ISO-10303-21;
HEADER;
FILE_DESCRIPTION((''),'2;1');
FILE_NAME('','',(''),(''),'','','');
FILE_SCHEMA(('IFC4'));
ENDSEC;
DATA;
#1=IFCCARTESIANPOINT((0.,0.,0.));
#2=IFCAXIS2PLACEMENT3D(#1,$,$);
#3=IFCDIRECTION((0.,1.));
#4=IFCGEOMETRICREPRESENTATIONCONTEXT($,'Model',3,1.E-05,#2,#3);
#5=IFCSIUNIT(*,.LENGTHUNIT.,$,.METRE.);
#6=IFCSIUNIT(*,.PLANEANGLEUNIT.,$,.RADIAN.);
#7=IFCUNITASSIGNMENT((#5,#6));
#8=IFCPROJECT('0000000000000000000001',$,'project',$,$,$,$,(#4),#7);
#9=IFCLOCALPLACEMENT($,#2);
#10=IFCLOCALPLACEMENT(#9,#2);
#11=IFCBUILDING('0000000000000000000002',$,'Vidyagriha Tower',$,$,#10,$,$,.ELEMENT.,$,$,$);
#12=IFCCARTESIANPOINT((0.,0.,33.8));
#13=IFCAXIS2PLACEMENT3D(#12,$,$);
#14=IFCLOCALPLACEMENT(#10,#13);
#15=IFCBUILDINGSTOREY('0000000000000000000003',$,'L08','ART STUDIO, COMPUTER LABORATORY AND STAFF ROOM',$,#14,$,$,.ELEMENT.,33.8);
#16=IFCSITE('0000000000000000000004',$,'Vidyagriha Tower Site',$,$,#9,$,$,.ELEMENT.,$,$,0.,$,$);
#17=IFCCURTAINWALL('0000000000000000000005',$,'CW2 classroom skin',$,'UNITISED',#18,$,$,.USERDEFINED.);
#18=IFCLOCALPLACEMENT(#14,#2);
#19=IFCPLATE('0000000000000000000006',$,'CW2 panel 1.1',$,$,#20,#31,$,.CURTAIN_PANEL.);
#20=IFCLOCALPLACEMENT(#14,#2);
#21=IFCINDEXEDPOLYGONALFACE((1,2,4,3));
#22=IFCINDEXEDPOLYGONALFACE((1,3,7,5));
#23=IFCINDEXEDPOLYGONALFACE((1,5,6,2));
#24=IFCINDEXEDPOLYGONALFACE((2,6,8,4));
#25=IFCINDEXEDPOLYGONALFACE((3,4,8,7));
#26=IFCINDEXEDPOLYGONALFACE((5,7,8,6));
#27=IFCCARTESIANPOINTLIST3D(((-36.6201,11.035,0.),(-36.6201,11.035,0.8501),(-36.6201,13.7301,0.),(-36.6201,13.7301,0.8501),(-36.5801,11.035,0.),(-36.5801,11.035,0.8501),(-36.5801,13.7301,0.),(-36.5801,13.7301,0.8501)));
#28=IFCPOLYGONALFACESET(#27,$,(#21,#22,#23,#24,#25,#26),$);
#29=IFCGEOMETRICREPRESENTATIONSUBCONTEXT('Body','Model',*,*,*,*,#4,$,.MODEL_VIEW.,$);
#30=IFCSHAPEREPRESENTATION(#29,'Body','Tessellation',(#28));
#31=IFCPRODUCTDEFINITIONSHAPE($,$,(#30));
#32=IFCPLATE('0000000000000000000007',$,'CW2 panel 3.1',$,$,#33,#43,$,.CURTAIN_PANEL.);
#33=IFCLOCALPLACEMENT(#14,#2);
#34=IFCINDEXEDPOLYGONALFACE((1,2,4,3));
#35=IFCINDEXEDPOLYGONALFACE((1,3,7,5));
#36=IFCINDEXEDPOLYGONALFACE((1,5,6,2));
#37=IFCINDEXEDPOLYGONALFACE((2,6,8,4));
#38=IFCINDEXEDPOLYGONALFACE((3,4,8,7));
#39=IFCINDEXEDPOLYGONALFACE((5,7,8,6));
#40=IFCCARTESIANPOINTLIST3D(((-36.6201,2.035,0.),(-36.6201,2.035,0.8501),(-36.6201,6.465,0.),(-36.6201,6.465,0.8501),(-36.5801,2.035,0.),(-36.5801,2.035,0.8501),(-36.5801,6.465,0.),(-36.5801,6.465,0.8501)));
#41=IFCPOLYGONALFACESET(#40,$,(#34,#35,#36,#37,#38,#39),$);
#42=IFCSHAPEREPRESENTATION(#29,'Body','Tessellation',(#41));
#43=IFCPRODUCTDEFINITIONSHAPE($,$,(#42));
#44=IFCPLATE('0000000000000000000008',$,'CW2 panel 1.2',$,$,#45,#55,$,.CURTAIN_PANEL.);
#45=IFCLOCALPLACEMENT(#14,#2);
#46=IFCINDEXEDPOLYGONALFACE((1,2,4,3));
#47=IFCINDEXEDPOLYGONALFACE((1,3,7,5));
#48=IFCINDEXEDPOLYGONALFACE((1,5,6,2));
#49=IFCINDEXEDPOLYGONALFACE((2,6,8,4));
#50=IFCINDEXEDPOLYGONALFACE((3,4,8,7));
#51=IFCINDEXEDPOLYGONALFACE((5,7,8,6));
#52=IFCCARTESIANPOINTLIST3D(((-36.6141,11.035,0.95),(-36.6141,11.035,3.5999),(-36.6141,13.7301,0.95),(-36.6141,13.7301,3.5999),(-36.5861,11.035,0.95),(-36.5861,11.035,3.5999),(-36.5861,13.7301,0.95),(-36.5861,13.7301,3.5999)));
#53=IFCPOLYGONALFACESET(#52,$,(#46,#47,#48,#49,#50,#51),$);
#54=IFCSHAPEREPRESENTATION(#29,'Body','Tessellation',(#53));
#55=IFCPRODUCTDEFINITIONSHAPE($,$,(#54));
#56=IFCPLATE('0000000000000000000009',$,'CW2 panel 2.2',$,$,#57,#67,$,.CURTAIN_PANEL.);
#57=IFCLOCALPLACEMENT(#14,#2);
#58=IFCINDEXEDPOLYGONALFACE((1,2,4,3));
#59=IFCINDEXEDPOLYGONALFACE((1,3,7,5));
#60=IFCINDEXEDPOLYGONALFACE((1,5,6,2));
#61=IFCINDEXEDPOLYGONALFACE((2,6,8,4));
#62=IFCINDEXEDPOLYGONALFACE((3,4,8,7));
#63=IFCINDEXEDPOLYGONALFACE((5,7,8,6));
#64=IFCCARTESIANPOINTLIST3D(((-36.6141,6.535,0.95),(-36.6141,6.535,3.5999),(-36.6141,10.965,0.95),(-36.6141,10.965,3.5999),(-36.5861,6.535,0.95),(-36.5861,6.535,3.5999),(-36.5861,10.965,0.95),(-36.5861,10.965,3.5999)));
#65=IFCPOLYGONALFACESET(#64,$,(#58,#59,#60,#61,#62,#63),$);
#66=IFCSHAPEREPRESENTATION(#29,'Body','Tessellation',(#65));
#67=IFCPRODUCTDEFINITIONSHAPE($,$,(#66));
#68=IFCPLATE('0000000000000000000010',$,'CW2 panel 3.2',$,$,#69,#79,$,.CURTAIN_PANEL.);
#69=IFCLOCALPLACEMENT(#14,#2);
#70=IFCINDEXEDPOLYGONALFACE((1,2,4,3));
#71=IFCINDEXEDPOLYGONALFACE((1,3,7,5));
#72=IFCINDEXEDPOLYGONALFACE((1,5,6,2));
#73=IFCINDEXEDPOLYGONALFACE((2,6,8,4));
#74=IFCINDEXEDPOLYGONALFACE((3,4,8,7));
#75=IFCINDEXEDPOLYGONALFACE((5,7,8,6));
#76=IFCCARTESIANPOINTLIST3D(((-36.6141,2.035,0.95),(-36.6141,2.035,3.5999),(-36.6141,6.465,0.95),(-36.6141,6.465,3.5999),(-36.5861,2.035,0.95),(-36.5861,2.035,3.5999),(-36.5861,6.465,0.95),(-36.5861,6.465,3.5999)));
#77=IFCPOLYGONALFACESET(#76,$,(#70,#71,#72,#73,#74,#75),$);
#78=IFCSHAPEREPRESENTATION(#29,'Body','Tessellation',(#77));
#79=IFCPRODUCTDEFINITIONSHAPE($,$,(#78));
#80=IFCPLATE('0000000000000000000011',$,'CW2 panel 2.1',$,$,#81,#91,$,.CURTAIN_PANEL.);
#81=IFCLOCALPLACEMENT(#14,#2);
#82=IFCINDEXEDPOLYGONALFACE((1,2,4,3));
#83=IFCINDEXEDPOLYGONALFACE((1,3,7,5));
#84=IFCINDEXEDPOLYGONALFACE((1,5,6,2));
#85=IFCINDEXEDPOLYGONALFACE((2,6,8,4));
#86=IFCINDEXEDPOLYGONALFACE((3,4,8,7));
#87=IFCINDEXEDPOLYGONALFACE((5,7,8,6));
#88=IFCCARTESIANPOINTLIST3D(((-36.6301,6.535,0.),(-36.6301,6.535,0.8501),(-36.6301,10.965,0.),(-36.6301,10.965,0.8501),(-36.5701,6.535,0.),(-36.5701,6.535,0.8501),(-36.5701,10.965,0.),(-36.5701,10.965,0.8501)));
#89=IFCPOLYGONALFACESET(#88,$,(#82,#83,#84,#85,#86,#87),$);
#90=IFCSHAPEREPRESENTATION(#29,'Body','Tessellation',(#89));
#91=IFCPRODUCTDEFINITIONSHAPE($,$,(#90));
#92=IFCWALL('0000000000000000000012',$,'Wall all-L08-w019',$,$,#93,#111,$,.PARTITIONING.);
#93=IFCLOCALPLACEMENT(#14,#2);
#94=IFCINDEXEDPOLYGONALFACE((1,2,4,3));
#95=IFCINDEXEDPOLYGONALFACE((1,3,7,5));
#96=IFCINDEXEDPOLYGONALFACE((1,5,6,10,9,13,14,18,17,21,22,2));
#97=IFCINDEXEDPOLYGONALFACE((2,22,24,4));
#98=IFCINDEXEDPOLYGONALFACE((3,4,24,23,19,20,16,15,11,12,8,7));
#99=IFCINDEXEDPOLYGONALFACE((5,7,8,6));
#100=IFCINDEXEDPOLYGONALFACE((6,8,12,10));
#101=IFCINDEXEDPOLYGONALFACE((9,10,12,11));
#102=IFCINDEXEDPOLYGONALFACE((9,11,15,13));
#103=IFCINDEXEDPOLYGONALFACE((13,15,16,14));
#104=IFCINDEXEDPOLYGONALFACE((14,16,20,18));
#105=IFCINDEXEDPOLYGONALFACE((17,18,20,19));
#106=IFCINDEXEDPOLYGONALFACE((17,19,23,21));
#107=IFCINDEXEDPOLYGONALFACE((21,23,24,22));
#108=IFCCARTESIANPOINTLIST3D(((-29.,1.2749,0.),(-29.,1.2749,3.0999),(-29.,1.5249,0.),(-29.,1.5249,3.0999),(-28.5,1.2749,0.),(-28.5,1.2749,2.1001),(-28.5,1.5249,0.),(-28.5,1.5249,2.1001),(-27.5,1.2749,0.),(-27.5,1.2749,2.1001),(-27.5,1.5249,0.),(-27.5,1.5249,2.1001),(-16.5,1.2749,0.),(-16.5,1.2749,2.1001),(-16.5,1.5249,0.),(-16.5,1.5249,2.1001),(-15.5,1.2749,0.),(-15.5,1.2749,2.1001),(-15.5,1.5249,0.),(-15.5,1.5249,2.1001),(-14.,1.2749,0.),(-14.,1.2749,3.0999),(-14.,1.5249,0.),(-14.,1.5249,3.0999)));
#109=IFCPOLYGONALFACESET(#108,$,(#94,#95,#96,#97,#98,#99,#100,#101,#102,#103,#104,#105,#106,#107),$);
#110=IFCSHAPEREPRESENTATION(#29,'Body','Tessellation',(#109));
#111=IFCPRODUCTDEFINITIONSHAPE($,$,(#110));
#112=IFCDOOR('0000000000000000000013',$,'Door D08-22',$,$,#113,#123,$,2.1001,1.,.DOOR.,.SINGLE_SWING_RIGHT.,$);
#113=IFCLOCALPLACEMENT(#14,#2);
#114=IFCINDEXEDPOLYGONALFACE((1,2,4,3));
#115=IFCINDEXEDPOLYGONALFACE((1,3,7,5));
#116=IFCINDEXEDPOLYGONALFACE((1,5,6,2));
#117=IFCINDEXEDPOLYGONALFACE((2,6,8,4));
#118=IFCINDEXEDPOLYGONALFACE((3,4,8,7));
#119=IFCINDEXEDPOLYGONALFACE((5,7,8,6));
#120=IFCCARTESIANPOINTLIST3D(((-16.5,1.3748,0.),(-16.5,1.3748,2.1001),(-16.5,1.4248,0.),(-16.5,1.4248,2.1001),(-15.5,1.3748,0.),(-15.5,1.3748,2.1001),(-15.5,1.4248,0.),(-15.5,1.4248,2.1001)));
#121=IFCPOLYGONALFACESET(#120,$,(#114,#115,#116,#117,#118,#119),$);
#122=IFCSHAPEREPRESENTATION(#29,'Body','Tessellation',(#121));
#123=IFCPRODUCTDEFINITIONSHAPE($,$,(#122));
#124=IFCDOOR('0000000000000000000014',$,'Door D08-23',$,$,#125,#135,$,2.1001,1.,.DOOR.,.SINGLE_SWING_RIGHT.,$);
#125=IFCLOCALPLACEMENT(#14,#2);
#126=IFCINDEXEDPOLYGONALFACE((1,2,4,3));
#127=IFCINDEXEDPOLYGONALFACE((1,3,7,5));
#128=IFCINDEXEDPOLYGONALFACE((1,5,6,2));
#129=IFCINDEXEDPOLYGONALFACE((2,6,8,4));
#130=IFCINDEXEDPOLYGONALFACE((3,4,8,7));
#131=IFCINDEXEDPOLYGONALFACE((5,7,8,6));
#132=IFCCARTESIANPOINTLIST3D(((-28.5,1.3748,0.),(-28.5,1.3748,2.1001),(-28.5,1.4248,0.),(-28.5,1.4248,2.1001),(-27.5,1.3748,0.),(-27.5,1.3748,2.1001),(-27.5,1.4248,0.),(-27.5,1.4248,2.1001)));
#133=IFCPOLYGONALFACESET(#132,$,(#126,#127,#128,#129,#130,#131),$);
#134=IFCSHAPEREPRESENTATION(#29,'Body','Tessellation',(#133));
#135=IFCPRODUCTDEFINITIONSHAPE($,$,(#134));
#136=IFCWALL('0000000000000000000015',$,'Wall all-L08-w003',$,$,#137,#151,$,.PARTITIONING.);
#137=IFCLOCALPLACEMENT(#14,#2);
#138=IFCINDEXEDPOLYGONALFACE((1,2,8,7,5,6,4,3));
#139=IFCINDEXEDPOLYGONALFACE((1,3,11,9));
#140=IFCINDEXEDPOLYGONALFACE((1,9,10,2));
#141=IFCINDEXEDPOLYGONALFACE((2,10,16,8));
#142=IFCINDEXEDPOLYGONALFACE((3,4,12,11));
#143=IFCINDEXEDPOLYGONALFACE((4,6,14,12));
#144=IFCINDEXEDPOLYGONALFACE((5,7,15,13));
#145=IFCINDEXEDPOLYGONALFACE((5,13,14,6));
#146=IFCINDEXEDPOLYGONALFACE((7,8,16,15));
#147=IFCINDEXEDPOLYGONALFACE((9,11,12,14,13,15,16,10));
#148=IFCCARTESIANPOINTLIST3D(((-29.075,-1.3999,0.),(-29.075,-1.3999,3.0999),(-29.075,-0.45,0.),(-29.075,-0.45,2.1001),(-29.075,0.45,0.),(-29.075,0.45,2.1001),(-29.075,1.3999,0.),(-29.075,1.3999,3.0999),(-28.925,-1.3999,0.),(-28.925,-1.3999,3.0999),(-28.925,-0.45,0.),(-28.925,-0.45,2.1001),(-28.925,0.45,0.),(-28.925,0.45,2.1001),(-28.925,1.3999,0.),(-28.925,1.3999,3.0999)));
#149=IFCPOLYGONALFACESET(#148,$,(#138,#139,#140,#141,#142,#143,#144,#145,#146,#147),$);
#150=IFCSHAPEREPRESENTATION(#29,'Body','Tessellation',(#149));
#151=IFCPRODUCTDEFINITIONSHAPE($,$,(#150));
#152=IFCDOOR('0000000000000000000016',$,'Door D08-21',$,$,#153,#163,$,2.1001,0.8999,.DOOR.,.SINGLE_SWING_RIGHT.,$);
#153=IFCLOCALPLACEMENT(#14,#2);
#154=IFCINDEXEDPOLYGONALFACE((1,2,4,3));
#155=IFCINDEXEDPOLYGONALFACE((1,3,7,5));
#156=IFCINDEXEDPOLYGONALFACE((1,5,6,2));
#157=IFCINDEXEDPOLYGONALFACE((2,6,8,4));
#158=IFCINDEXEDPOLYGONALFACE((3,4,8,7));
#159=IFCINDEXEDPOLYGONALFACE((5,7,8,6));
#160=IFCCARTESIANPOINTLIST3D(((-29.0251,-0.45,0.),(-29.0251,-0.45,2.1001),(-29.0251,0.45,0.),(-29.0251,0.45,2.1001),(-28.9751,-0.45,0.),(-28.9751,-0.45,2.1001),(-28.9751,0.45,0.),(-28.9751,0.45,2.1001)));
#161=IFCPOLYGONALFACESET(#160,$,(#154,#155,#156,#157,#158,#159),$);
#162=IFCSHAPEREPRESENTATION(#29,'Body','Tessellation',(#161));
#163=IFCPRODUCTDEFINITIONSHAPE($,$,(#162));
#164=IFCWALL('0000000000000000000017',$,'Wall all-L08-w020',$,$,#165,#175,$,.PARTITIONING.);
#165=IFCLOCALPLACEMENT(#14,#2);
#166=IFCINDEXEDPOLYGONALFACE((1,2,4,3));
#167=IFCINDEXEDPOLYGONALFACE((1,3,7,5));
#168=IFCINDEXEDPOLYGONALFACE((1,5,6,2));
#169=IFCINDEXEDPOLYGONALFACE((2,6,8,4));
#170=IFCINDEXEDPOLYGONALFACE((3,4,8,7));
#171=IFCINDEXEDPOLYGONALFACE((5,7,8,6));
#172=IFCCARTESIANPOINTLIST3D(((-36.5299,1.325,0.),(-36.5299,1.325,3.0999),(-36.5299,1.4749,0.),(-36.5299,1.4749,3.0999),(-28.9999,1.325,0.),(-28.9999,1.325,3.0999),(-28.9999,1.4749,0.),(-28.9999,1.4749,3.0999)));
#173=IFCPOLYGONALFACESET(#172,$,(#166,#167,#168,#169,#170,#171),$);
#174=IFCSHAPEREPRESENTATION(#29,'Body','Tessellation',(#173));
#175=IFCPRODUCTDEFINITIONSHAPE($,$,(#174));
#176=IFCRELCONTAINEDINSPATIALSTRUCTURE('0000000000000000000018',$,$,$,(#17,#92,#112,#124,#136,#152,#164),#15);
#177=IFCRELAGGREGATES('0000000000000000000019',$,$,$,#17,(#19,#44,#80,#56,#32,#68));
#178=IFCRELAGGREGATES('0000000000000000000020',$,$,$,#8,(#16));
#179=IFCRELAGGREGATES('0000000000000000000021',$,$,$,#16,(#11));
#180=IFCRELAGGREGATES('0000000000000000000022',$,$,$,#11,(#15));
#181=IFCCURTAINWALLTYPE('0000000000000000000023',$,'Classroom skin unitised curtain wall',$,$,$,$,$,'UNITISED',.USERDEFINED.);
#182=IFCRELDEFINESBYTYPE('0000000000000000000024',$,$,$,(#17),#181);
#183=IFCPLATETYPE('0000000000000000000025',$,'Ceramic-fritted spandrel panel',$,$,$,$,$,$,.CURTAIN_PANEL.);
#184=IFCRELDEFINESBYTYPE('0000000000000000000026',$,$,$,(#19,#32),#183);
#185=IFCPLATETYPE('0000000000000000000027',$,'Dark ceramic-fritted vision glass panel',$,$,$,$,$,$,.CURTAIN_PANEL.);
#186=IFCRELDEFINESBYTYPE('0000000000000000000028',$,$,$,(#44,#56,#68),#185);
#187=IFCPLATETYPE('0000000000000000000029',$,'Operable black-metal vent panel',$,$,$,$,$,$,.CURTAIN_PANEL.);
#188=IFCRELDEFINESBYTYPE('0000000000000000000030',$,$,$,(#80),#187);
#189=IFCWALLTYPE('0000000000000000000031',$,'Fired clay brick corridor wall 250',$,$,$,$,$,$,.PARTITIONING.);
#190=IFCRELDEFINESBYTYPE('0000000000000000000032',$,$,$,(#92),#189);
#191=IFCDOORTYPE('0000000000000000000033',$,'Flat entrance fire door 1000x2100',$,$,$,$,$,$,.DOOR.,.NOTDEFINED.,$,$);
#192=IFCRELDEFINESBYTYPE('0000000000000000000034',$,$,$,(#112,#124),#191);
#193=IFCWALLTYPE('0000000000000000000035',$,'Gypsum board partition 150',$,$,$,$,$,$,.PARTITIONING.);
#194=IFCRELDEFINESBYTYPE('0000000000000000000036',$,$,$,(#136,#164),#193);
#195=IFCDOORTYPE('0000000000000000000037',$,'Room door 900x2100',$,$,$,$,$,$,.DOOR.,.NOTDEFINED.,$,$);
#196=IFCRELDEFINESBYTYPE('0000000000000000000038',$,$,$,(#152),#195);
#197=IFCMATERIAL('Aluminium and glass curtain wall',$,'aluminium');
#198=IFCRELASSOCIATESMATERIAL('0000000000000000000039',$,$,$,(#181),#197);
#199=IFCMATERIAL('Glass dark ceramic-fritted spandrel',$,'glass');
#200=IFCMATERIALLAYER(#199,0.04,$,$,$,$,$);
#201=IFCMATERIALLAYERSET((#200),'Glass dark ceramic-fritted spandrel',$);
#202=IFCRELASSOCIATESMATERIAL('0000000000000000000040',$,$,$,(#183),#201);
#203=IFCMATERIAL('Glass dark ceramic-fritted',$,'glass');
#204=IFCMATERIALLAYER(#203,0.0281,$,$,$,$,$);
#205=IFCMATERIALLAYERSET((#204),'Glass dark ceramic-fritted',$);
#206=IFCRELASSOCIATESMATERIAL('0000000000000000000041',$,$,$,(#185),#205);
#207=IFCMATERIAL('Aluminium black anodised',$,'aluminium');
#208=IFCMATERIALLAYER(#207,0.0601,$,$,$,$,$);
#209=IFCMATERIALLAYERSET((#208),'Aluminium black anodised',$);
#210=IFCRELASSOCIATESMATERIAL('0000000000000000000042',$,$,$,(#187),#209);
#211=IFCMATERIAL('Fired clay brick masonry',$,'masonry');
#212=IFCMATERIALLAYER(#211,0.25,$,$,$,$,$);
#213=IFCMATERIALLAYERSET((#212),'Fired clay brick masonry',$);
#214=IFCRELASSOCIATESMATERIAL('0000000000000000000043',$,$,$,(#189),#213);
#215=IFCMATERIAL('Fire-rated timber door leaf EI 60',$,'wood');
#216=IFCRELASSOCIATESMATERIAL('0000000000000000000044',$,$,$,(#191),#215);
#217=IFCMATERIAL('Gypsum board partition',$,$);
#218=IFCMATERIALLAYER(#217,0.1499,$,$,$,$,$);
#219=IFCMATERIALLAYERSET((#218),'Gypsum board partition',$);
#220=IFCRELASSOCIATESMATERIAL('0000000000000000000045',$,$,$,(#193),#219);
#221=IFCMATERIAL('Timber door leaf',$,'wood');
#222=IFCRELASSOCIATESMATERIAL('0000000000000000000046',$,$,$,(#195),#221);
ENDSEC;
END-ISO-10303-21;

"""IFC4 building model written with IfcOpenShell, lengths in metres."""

from ifc_helpers import new_model, si_unit, direction, frame, frame_2d, origin, origin_2d, place, context, subcontext, project, spatial, rectangle, extrude, material, layer, layer_set, type_object, element, fill, aggregate, save


model = new_model("IFC4")

# Units and contexts
model_context = context("Model", 3, precision=1e-05, world=origin(), true_north=direction((0.0, 1.0)))
body_context = subcontext(model_context, "Body", "Model", "MODEL_VIEW")
ifc_project = project(units=[si_unit("LENGTHUNIT", "METRE"), si_unit("PLANEANGLEUNIT", "RADIAN")], contexts=[model_context])

# Site, building, storey
site_placement = place(None, origin())
site = spatial("IfcSite", under=ifc_project, at=site_placement, Name="Vidyagriha Tower Site", CompositionType="ELEMENT", RefElevation=0.0)
building_placement = place(site_placement, origin())
building = spatial("IfcBuilding", under=site, at=building_placement, Name="Vidyagriha Tower", CompositionType="ELEMENT")
storey_placement = place(building_placement, frame((0.0, 0.0, 33.8)))
storey = spatial("IfcBuildingStorey", under=building, at=storey_placement, Name="L08", Description="ART STUDIO, COMPUTER LABORATORY AND STAFF ROOM", CompositionType="ELEMENT", Elevation=33.8)

# Curtain wall, plates
ifc_material_1 = material(Name="Aluminium and glass curtain wall", Category="aluminium")
curtain_wall_type = type_object("IfcCurtainWallType", Name="Classroom skin unitised curtain wall", ElementType="UNITISED", PredefinedType="USERDEFINED", material=ifc_material_1)
curtain_wall_placement = place(storey_placement, origin())
curtain_wall = element("IfcCurtainWall", 1, at=curtain_wall_placement, inside=storey, type_object=curtain_wall_type, Name="CW2 classroom skin", ObjectType="UNITISED", PredefinedType="USERDEFINED")
ifc_material_2 = material(Name="Glass dark ceramic-fritted spandrel", Category="glass")
ifc_layer_1 = layer(ifc_material_2, 0.04)
ifc_layer_set_1 = layer_set([ifc_layer_1], Name="Glass dark ceramic-fritted spandrel")
plate_type_1 = type_object("IfcPlateType", Name="Ceramic-fritted spandrel panel", PredefinedType="CURTAIN_PANEL", material=ifc_layer_set_1)
plate_1_placement = place(storey_placement, frame((-36.6001, 12.3826, 0.0), z_axis=(0.0, 0.0, 1.0), x_axis=(0.0, -1.0, 0.0)))
plate_1 = element("IfcPlate", 2, at=plate_1_placement, type_object=plate_type_1, Name="CW2 panel 1.1", PredefinedType="CURTAIN_PANEL", context=body_context, shape_type="SweptSolid", body=[
    extrude(rectangle(XDim=2.6951, YDim=0.04, at=origin_2d()), origin(), (0.0, 0.0, 1.0), 0.8501),
])
plate_2_placement = place(storey_placement, frame((-36.6001, 4.25, 0.0), z_axis=(0.0, 0.0, 1.0), x_axis=(0.0, -1.0, 0.0)))
plate_2 = element("IfcPlate", 3, at=plate_2_placement, type_object=plate_type_1, Name="CW2 panel 3.1", PredefinedType="CURTAIN_PANEL", context=body_context, shape_type="SweptSolid", body=[
    extrude(rectangle(XDim=4.4299, YDim=0.04, at=origin_2d()), origin(), (0.0, 0.0, 1.0), 0.8501),
])
ifc_material_3 = material(Name="Glass dark ceramic-fritted", Category="glass")
ifc_layer_2 = layer(ifc_material_3, 0.0281)
ifc_layer_set_2 = layer_set([ifc_layer_2], Name="Glass dark ceramic-fritted")
plate_type_2 = type_object("IfcPlateType", Name="Dark ceramic-fritted vision glass panel", PredefinedType="CURTAIN_PANEL", material=ifc_layer_set_2)
plate_3_placement = place(storey_placement, frame((-36.6001, 12.3826, 0.95), z_axis=(0.0, 0.0, 1.0), x_axis=(0.0, -1.0, 0.0)))
plate_3 = element("IfcPlate", 4, at=plate_3_placement, type_object=plate_type_2, Name="CW2 panel 1.2", PredefinedType="CURTAIN_PANEL", context=body_context, shape_type="SweptSolid", body=[
    extrude(rectangle(XDim=2.6951, YDim=0.0281, at=origin_2d()), origin(), (0.0, 0.0, 1.0), 2.6499),
])
plate_4_placement = place(storey_placement, frame((-36.6001, 8.75, 0.95), z_axis=(0.0, 0.0, 1.0), x_axis=(0.0, -1.0, 0.0)))
plate_4 = element("IfcPlate", 5, at=plate_4_placement, type_object=plate_type_2, Name="CW2 panel 2.2", PredefinedType="CURTAIN_PANEL", context=body_context, shape_type="SweptSolid", body=[
    extrude(rectangle(XDim=4.4299, YDim=0.0281, at=origin_2d()), origin(), (0.0, 0.0, 1.0), 2.6499),
])
plate_5_placement = place(storey_placement, frame((-36.6001, 4.25, 0.95), z_axis=(0.0, 0.0, 1.0), x_axis=(0.0, -1.0, 0.0)))
plate_5 = element("IfcPlate", 6, at=plate_5_placement, type_object=plate_type_2, Name="CW2 panel 3.2", PredefinedType="CURTAIN_PANEL", context=body_context, shape_type="SweptSolid", body=[
    extrude(rectangle(XDim=4.4299, YDim=0.0281, at=origin_2d()), origin(), (0.0, 0.0, 1.0), 2.6499),
])
ifc_material_4 = material(Name="Aluminium black anodised", Category="aluminium")
ifc_layer_3 = layer(ifc_material_4, 0.0601)
ifc_layer_set_3 = layer_set([ifc_layer_3], Name="Aluminium black anodised")
plate_type_3 = type_object("IfcPlateType", Name="Operable black-metal vent panel", PredefinedType="CURTAIN_PANEL", material=ifc_layer_set_3)
plate_6_placement = place(storey_placement, frame((-36.6001, 8.75, 0.0), z_axis=(0.0, 0.0, 1.0), x_axis=(0.0, -1.0, 0.0)))
plate_6 = element("IfcPlate", 7, at=plate_6_placement, type_object=plate_type_3, Name="CW2 panel 2.1", PredefinedType="CURTAIN_PANEL", context=body_context, shape_type="SweptSolid", body=[
    extrude(rectangle(XDim=4.4299, YDim=0.0601, at=origin_2d()), origin(), (0.0, 0.0, 1.0), 0.8501),
])
aggregate(curtain_wall, [plate_1, plate_3, plate_6, plate_4, plate_2, plate_5])

# Wall, openings, doors
ifc_material_5 = material(Name="Fired clay brick masonry", Category="masonry")
ifc_layer_4 = layer(ifc_material_5, 0.25)
ifc_layer_set_4 = layer_set([ifc_layer_4], Name="Fired clay brick masonry")
wall_type_1 = type_object("IfcWallType", Name="Fired clay brick corridor wall 250", PredefinedType="PARTITIONING", material=ifc_layer_set_4)
wall_1_placement = place(storey_placement, frame((-29.0, 1.3999, 0.0)))
wall_1 = element("IfcWall", 8, at=wall_1_placement, inside=storey, type_object=wall_type_1, Name="Wall all-L08-w019", PredefinedType="PARTITIONING", context=body_context, shape_type="SweptSolid", body=[
    extrude(rectangle(XDim=15.0, YDim=0.25, at=frame_2d((7.5, 0.0))), origin(), (0.0, 0.0, 1.0), 3.0999),
])
opening_1_placement = place(wall_1_placement, frame((12.5, 0.0, 0.0)))
opening_1 = element("IfcOpeningElement", 9, at=opening_1_placement, cuts=wall_1, PredefinedType="OPENING", context=body_context, shape_type="SweptSolid", body=[
    extrude(rectangle(XDim=1.0, YDim=2.1001, at=frame_2d((0.5, 1.05))), frame((0.0, 0.135, 0.0), z_axis=(0.0, -1.0, 0.0), x_axis=(1.0, 0.0, 0.0)), (0.0, 0.0, 1.0), 0.27),
])
opening_2_placement = place(wall_1_placement, frame((0.5, 0.0, 0.0)))
opening_2 = element("IfcOpeningElement", 10, at=opening_2_placement, cuts=wall_1, PredefinedType="OPENING", context=body_context, shape_type="SweptSolid", body=[
    extrude(rectangle(XDim=1.0, YDim=2.1001, at=frame_2d((0.5, 1.05))), frame((0.0, 0.135, 0.0), z_axis=(0.0, -1.0, 0.0), x_axis=(1.0, 0.0, 0.0)), (0.0, 0.0, 1.0), 0.27),
])
ifc_material_6 = material(Name="Fire-rated timber door leaf EI 60", Category="wood")
door_type_1 = type_object("IfcDoorType", Name="Flat entrance fire door 1000x2100", OperationType="NOTDEFINED", PredefinedType="DOOR", material=ifc_material_6)
door_1_placement = place(opening_1_placement, origin())
door_1 = element("IfcDoor", 11, at=door_1_placement, inside=storey, type_object=door_type_1, Name="Door D08-22", OperationType="SINGLE_SWING_RIGHT", OverallHeight=2.1001, OverallWidth=1.0, PredefinedType="DOOR", context=body_context, shape_type="SweptSolid", body=[
    extrude(rectangle(XDim=1.0, YDim=2.1001, at=frame_2d((0.5, 1.05))), frame((0.0, 0.0249, 0.0), z_axis=(0.0, -1.0, 0.0), x_axis=(1.0, 0.0, 0.0)), (0.0, 0.0, 1.0), 0.05),
])
fill(opening_1, door_1)
door_2_placement = place(opening_2_placement, origin())
door_2 = element("IfcDoor", 12, at=door_2_placement, inside=storey, type_object=door_type_1, Name="Door D08-23", OperationType="SINGLE_SWING_RIGHT", OverallHeight=2.1001, OverallWidth=1.0, PredefinedType="DOOR", context=body_context, shape_type="SweptSolid", body=[
    extrude(rectangle(XDim=1.0, YDim=2.1001, at=frame_2d((0.5, 1.05))), frame((0.0, 0.0249, 0.0), z_axis=(0.0, -1.0, 0.0), x_axis=(1.0, 0.0, 0.0)), (0.0, 0.0, 1.0), 0.05),
])
fill(opening_2, door_2)

# Wall, opening, door
ifc_material_7 = material(Name="Gypsum board partition")
ifc_layer_5 = layer(ifc_material_7, 0.1499)
ifc_layer_set_5 = layer_set([ifc_layer_5], Name="Gypsum board partition")
wall_type_2 = type_object("IfcWallType", Name="Gypsum board partition 150", PredefinedType="PARTITIONING", material=ifc_layer_set_5)
wall_2_placement = place(storey_placement, frame((-29.0, 1.3999, 0.0), z_axis=(0.0, 0.0, 1.0), x_axis=(0.0, -1.0, 0.0)))
wall_2 = element("IfcWall", 13, at=wall_2_placement, inside=storey, type_object=wall_type_2, Name="Wall all-L08-w003", PredefinedType="PARTITIONING", context=body_context, shape_type="SweptSolid", body=[
    extrude(rectangle(XDim=2.7998, YDim=0.1499, at=frame_2d((1.3999, 0.0))), origin(), (0.0, 0.0, 1.0), 3.0999),
])
opening_3_placement = place(wall_2_placement, frame((0.95, 0.0, 0.0)))
opening_3 = element("IfcOpeningElement", 14, at=opening_3_placement, cuts=wall_2, PredefinedType="OPENING", context=body_context, shape_type="SweptSolid", body=[
    extrude(rectangle(XDim=0.8999, YDim=2.1001, at=frame_2d((0.45, 1.05))), frame((0.0, 0.085, 0.0), z_axis=(0.0, -1.0, 0.0), x_axis=(1.0, 0.0, 0.0)), (0.0, 0.0, 1.0), 0.1699),
])
ifc_material_8 = material(Name="Timber door leaf", Category="wood")
door_type_2 = type_object("IfcDoorType", Name="Room door 900x2100", OperationType="NOTDEFINED", PredefinedType="DOOR", material=ifc_material_8)
door_3_placement = place(opening_3_placement, origin())
door_3 = element("IfcDoor", 15, at=door_3_placement, inside=storey, type_object=door_type_2, Name="Door D08-21", OperationType="SINGLE_SWING_RIGHT", OverallHeight=2.1001, OverallWidth=0.8999, PredefinedType="DOOR", context=body_context, shape_type="SweptSolid", body=[
    extrude(rectangle(XDim=0.8999, YDim=2.1001, at=frame_2d((0.45, 1.05))), frame((0.0, 0.0249, 0.0), z_axis=(0.0, -1.0, 0.0), x_axis=(1.0, 0.0, 0.0)), (0.0, 0.0, 1.0), 0.05),
])
fill(opening_3, door_3)

# Wall
wall_3_placement = place(storey_placement, frame((-36.53, 1.3999, 0.0)))
element("IfcWall", 16, at=wall_3_placement, inside=storey, type_object=wall_type_2, Name="Wall all-L08-w020", PredefinedType="PARTITIONING", context=body_context, shape_type="SweptSolid", body=[
    extrude(rectangle(XDim=7.53, YDim=0.1499, at=frame_2d((3.7651, 0.0))), origin(), (0.0, 0.0, 1.0), 3.0999),
])

save(model, "model.ifc")
